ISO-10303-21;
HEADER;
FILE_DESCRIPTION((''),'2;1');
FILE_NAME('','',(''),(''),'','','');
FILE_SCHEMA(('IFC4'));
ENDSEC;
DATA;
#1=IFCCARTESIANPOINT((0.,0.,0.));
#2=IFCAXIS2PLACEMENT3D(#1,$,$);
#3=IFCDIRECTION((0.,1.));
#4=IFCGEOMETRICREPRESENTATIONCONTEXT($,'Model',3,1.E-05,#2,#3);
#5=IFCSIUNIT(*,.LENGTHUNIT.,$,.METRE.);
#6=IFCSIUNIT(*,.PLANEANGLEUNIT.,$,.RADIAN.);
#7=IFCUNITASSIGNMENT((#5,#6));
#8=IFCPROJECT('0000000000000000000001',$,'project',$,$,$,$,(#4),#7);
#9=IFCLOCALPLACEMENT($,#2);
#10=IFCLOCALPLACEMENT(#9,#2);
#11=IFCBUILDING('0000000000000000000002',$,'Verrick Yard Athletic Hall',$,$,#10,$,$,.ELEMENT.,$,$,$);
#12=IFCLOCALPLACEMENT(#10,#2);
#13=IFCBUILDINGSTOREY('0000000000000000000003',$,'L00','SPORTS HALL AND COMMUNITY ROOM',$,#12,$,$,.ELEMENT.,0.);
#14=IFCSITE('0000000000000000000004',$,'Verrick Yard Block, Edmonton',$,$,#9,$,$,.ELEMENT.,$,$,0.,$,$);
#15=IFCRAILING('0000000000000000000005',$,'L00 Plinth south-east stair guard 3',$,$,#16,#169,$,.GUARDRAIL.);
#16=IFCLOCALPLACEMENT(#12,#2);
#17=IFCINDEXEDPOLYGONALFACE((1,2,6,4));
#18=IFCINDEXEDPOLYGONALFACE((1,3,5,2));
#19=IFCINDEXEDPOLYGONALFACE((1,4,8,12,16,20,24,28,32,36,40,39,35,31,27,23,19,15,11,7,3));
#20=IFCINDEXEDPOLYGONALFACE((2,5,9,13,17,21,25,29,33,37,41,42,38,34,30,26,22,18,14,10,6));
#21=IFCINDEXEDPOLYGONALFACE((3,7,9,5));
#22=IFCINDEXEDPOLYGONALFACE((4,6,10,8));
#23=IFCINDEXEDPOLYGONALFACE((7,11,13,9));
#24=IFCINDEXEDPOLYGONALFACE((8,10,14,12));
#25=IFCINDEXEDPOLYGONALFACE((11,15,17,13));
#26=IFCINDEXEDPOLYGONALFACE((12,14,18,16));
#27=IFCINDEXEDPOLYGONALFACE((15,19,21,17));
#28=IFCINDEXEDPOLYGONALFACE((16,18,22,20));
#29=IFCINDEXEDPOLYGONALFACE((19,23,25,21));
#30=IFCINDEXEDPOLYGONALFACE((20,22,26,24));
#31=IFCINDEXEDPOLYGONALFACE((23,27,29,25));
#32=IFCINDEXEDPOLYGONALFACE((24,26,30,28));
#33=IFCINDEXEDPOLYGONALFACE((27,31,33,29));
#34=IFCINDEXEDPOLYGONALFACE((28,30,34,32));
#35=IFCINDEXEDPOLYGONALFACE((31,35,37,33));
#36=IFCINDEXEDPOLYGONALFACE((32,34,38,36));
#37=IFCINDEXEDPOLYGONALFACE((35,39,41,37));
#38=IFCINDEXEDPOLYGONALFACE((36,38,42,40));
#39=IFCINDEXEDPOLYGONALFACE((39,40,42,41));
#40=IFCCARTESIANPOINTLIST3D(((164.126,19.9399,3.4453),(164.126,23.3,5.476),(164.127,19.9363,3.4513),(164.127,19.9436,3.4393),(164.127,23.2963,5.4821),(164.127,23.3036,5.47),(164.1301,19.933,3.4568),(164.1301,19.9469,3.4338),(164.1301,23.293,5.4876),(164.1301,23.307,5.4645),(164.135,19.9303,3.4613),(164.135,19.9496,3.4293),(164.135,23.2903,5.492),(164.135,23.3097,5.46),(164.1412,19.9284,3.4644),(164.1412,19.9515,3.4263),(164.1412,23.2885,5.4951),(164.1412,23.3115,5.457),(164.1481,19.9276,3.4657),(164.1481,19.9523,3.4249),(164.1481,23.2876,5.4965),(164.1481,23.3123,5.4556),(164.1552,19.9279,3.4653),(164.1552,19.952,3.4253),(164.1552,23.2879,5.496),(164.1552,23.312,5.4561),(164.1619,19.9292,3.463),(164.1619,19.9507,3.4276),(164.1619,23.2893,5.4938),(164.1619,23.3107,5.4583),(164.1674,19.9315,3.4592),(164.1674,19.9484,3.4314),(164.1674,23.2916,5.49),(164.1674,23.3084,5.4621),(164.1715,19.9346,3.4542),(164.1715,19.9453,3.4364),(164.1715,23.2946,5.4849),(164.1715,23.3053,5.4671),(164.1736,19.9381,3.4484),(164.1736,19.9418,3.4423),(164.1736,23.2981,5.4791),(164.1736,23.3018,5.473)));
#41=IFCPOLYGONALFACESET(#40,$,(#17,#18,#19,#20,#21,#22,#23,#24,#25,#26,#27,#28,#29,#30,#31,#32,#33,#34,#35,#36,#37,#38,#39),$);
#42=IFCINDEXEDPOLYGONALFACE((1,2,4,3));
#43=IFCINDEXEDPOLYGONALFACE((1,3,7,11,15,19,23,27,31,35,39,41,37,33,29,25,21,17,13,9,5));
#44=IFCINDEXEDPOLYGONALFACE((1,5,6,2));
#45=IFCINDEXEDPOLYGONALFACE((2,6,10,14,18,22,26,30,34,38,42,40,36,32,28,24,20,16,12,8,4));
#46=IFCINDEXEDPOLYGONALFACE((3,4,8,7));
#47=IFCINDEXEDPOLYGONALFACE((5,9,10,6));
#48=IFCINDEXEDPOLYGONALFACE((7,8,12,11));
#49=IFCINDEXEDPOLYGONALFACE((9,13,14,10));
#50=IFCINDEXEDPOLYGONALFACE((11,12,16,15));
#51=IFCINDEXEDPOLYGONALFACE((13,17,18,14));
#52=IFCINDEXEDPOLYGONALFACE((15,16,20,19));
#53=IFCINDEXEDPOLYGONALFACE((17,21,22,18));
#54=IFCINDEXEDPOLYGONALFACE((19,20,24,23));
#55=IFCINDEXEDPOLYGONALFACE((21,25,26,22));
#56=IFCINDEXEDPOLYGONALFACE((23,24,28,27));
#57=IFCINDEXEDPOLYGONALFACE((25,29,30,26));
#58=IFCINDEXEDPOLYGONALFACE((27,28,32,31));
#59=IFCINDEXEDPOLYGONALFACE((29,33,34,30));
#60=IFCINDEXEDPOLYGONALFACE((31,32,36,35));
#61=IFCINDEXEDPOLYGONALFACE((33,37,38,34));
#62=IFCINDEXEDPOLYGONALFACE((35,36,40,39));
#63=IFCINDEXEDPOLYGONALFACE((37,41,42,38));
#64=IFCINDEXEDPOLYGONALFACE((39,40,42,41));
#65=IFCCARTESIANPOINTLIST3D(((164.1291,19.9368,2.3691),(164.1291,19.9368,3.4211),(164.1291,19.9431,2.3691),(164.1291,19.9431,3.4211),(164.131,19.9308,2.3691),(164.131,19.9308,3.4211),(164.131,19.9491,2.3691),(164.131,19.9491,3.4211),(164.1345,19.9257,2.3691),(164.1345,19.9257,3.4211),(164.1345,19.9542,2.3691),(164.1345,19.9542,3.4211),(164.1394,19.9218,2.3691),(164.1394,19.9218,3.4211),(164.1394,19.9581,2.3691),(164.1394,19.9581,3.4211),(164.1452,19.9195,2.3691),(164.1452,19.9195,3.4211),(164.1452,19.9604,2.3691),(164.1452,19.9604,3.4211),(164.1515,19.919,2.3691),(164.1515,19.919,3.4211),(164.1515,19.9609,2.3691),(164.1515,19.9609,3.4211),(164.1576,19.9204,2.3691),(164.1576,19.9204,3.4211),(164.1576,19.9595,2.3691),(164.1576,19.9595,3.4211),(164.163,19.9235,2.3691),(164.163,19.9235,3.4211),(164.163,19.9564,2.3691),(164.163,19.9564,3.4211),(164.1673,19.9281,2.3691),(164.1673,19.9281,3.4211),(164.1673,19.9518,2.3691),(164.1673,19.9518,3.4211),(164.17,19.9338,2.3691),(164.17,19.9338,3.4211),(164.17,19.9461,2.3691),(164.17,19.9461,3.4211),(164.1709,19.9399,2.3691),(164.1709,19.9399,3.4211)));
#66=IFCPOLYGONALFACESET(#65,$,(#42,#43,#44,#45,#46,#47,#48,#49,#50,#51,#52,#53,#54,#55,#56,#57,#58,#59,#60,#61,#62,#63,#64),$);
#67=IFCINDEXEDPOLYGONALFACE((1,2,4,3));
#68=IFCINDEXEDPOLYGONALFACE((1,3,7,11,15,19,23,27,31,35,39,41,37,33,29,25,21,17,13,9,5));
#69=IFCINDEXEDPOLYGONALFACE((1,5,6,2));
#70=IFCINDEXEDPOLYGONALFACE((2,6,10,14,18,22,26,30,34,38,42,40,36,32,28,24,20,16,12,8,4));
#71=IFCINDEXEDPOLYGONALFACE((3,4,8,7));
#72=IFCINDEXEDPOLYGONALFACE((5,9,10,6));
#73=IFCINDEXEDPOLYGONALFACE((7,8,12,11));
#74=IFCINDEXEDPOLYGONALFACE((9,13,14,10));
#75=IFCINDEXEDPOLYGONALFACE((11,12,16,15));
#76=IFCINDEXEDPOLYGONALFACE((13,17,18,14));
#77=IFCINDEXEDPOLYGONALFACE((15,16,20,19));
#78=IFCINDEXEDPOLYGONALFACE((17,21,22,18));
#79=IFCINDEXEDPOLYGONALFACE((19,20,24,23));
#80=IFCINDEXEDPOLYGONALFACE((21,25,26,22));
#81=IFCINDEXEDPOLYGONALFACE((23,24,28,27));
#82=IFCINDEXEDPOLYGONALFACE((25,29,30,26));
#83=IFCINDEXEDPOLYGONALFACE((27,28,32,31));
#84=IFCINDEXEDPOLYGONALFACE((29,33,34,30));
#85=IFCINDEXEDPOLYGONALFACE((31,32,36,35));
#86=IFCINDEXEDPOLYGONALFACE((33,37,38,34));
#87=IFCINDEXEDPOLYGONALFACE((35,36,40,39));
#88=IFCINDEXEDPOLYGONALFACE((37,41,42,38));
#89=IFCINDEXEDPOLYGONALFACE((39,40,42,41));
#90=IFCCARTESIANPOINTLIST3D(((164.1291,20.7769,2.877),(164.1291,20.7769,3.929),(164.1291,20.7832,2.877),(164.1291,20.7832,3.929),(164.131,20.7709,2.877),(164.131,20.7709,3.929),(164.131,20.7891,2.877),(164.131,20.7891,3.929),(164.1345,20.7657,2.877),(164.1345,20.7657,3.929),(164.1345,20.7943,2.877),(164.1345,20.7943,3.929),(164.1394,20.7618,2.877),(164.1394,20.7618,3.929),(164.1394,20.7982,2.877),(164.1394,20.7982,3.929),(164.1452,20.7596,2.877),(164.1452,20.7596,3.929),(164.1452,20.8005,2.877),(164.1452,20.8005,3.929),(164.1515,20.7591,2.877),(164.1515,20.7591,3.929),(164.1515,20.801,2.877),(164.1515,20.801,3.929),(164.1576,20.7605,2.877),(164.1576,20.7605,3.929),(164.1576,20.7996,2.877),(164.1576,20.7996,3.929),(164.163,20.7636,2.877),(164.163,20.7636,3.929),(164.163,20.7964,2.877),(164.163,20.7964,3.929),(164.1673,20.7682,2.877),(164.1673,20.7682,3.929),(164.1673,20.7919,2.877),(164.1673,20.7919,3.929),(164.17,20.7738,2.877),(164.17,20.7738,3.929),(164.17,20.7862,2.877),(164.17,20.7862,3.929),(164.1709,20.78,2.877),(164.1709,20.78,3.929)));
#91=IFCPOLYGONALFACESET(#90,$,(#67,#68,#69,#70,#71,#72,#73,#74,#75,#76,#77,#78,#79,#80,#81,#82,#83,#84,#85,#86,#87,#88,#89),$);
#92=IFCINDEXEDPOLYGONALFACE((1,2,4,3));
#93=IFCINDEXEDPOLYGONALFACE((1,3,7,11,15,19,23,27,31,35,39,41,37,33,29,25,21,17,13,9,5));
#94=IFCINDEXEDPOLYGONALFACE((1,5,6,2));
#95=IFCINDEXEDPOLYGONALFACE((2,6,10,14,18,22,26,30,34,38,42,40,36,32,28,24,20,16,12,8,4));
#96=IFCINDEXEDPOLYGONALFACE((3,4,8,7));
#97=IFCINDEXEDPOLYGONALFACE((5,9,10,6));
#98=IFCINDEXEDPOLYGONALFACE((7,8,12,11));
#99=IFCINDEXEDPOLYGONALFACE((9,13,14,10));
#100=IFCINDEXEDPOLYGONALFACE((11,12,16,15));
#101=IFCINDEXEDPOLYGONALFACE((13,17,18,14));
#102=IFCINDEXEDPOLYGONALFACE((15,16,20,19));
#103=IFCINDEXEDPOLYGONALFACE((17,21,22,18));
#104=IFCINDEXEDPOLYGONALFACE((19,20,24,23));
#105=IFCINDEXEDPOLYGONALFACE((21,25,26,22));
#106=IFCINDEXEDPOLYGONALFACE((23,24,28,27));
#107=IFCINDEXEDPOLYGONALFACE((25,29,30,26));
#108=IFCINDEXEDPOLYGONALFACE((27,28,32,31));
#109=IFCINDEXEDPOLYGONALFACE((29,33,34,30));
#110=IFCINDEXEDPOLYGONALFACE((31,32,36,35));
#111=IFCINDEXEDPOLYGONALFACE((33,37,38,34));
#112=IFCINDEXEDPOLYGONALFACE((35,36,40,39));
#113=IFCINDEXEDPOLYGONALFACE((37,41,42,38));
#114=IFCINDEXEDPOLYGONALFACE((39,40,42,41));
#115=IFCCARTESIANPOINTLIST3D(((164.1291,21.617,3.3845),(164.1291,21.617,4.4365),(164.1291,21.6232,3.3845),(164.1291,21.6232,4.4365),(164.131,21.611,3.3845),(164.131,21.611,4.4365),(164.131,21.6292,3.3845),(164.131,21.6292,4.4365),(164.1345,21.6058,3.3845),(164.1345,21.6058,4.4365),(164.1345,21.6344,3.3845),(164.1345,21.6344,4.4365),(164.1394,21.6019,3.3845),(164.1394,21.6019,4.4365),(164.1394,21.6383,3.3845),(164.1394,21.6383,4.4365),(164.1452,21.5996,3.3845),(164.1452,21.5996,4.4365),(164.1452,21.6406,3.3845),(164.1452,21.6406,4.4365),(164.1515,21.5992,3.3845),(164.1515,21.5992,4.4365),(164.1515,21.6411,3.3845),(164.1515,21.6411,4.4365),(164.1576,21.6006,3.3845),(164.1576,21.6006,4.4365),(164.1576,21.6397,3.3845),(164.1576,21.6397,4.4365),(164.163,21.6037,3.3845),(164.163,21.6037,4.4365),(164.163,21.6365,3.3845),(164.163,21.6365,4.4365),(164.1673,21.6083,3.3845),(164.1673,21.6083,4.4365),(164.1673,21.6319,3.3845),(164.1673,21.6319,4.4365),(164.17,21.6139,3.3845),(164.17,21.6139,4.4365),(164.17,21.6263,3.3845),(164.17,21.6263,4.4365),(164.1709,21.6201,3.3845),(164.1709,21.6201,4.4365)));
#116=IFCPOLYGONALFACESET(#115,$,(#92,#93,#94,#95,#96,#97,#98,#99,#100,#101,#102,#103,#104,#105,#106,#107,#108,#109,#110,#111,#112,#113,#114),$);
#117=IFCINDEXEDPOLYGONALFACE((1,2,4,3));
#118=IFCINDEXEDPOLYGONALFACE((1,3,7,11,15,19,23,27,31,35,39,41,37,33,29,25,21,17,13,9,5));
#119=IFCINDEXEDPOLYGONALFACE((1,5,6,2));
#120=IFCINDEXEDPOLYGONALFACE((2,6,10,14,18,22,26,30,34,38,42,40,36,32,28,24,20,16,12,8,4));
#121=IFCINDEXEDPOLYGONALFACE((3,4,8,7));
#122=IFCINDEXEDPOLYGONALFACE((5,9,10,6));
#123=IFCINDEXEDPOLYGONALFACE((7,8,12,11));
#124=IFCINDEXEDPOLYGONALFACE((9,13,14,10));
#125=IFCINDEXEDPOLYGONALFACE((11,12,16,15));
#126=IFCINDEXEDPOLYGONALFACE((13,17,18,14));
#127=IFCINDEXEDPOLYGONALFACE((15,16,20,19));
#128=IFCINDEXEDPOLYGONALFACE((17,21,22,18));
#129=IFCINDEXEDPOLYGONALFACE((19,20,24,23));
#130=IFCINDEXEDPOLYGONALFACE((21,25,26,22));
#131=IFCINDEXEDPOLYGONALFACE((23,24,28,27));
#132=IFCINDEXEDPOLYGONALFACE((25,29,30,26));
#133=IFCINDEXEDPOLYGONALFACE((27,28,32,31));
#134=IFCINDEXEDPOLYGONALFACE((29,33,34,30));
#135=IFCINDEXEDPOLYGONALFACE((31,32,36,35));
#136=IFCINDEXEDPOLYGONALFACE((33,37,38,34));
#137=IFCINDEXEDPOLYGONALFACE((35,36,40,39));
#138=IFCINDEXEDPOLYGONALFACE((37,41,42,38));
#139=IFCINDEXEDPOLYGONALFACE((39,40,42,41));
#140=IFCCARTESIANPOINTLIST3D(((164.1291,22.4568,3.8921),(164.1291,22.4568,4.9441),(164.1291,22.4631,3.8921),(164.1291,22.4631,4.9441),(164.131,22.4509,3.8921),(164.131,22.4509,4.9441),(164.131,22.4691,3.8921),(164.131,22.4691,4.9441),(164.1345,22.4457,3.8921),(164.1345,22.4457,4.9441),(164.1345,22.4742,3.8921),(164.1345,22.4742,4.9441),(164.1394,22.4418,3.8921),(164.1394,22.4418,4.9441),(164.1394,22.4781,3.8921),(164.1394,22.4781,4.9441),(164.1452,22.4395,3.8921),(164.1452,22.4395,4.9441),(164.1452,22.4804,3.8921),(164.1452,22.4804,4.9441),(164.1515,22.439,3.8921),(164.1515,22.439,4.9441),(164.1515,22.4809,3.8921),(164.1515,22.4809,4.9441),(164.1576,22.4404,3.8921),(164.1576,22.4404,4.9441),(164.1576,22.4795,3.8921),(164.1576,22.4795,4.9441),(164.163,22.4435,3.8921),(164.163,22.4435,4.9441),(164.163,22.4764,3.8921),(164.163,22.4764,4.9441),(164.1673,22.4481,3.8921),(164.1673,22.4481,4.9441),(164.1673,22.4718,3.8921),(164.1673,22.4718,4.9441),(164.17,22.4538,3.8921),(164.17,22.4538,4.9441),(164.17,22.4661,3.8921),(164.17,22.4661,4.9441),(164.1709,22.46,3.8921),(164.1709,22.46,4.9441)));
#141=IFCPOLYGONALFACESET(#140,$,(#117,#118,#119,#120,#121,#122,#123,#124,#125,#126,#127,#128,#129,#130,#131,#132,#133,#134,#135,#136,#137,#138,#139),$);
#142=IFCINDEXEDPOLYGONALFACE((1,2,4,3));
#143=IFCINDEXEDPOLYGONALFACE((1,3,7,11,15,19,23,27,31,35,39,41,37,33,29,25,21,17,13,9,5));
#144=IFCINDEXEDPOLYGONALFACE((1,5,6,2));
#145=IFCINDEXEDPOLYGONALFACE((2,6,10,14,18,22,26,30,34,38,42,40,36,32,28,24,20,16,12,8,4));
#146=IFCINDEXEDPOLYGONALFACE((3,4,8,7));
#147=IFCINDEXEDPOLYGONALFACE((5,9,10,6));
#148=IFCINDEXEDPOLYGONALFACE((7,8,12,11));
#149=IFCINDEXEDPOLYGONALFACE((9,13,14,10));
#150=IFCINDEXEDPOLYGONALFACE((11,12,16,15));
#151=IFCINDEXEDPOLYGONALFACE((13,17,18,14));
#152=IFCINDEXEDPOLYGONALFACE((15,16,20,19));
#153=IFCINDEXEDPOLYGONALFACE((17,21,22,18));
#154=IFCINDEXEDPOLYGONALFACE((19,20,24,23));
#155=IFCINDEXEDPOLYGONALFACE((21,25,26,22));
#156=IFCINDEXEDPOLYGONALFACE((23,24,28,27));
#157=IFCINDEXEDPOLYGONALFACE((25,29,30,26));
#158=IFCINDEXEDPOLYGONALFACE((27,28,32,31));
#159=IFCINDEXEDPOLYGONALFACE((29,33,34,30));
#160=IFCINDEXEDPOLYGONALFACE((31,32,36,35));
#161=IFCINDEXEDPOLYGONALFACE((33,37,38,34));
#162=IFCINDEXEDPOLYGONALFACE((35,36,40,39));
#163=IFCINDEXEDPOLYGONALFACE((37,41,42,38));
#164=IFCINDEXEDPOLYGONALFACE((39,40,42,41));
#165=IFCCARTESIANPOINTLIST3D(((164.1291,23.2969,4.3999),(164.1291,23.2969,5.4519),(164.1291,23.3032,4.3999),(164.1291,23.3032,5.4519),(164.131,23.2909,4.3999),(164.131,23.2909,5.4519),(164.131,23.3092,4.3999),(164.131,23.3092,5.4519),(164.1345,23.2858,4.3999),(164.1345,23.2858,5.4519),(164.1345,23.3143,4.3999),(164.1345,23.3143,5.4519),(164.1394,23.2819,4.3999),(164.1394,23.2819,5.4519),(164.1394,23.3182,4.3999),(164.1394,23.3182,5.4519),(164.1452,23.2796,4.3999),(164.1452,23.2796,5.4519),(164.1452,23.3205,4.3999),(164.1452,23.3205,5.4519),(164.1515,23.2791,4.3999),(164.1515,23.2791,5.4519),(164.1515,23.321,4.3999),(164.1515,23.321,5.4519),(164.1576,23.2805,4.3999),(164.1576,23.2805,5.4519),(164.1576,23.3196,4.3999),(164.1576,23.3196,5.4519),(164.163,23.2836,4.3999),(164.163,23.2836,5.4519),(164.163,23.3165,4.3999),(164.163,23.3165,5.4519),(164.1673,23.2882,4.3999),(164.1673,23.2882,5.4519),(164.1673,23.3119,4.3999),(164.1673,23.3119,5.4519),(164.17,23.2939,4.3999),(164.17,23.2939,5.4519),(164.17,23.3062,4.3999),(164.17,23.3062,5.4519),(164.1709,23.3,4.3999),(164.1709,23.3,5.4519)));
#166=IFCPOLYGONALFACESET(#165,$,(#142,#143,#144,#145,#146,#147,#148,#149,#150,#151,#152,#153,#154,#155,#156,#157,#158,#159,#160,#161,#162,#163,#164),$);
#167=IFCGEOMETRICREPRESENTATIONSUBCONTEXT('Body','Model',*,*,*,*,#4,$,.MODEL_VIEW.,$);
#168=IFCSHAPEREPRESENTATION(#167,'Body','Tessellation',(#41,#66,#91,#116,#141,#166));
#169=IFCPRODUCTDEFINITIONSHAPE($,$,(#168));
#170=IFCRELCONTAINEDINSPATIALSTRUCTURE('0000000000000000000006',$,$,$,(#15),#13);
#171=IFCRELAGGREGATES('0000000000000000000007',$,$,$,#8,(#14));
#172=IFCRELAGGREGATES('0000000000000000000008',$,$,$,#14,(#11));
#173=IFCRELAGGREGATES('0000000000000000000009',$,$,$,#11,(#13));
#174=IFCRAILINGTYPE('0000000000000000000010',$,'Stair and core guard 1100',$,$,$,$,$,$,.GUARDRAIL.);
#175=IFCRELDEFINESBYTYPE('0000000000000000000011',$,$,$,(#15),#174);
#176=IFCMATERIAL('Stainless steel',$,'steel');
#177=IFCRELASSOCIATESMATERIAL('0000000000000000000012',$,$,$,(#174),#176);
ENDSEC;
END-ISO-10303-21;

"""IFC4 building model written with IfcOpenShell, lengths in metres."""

from ifc_helpers import new_model, si_unit, direction, frame, origin, origin_2d, place, context, subcontext, project, spatial, circle, extrude, material, type_object, element, save


model = new_model("IFC4")

# Units and contexts
model_context = context("Model", 3, precision=1e-05, world=origin(), true_north=direction((0.0, 1.0)))
body_context = subcontext(model_context, "Body", "Model", "MODEL_VIEW")
ifc_project = project(units=[si_unit("LENGTHUNIT", "METRE"), si_unit("PLANEANGLEUNIT", "RADIAN")], contexts=[model_context])

# Site, building, storey
site_placement = place(None, origin())
site = spatial("IfcSite", under=ifc_project, at=site_placement, Name="Verrick Yard Block, Edmonton", CompositionType="ELEMENT", RefElevation=0.0)
building_placement = place(site_placement, origin())
building = spatial("IfcBuilding", under=site, at=building_placement, Name="Verrick Yard Athletic Hall", CompositionType="ELEMENT")
storey_placement = place(building_placement, origin())
storey = spatial("IfcBuildingStorey", under=building, at=storey_placement, Name="L00", Description="SPORTS HALL AND COMMUNITY ROOM", CompositionType="ELEMENT", Elevation=0.0)

# Railing
ifc_material_1 = material(Name="Stainless steel", Category="steel")
railing_type_1 = type_object("IfcRailingType", Name="Stair and core guard 1100", PredefinedType="GUARDRAIL", material=ifc_material_1)
railing_1_placement = place(storey_placement, frame((164.1499, 19.9399, 2.3691)))
element("IfcRailing", 1, at=railing_1_placement, inside=storey, type_object=railing_type_1, Name="L00 Plinth south-east stair guard 3", PredefinedType="GUARDRAIL", context=body_context, shape_type="SweptSolid", body=[
    extrude(circle(Radius=0.0239, at=origin_2d()), frame((0.0, 0.0, 1.0762), z_axis=(0.0, 0.855837, 0.517246), x_axis=(-1.0, 0.0, 0.0)), (0.0, 0.0, 1.0), 3.926),
    extrude(circle(Radius=0.021, at=origin_2d()), origin(), (0.0, 0.0, 1.0), 1.052),
    extrude(circle(Radius=0.021, at=origin_2d()), frame((0.0, 0.8401, 0.5078)), (0.0, 0.0, 1.0), 1.052),
    extrude(circle(Radius=0.021, at=origin_2d()), frame((0.0, 1.6802, 1.0154)), (0.0, 0.0, 1.0), 1.052),
    extrude(circle(Radius=0.021, at=origin_2d()), frame((0.0, 2.52, 1.5229)), (0.0, 0.0, 1.0), 1.052),
    extrude(circle(Radius=0.021, at=origin_2d()), frame((0.0, 3.3601, 2.0308)), (0.0, 0.0, 1.0), 1.052),
])

save(model, "model.ifc")
